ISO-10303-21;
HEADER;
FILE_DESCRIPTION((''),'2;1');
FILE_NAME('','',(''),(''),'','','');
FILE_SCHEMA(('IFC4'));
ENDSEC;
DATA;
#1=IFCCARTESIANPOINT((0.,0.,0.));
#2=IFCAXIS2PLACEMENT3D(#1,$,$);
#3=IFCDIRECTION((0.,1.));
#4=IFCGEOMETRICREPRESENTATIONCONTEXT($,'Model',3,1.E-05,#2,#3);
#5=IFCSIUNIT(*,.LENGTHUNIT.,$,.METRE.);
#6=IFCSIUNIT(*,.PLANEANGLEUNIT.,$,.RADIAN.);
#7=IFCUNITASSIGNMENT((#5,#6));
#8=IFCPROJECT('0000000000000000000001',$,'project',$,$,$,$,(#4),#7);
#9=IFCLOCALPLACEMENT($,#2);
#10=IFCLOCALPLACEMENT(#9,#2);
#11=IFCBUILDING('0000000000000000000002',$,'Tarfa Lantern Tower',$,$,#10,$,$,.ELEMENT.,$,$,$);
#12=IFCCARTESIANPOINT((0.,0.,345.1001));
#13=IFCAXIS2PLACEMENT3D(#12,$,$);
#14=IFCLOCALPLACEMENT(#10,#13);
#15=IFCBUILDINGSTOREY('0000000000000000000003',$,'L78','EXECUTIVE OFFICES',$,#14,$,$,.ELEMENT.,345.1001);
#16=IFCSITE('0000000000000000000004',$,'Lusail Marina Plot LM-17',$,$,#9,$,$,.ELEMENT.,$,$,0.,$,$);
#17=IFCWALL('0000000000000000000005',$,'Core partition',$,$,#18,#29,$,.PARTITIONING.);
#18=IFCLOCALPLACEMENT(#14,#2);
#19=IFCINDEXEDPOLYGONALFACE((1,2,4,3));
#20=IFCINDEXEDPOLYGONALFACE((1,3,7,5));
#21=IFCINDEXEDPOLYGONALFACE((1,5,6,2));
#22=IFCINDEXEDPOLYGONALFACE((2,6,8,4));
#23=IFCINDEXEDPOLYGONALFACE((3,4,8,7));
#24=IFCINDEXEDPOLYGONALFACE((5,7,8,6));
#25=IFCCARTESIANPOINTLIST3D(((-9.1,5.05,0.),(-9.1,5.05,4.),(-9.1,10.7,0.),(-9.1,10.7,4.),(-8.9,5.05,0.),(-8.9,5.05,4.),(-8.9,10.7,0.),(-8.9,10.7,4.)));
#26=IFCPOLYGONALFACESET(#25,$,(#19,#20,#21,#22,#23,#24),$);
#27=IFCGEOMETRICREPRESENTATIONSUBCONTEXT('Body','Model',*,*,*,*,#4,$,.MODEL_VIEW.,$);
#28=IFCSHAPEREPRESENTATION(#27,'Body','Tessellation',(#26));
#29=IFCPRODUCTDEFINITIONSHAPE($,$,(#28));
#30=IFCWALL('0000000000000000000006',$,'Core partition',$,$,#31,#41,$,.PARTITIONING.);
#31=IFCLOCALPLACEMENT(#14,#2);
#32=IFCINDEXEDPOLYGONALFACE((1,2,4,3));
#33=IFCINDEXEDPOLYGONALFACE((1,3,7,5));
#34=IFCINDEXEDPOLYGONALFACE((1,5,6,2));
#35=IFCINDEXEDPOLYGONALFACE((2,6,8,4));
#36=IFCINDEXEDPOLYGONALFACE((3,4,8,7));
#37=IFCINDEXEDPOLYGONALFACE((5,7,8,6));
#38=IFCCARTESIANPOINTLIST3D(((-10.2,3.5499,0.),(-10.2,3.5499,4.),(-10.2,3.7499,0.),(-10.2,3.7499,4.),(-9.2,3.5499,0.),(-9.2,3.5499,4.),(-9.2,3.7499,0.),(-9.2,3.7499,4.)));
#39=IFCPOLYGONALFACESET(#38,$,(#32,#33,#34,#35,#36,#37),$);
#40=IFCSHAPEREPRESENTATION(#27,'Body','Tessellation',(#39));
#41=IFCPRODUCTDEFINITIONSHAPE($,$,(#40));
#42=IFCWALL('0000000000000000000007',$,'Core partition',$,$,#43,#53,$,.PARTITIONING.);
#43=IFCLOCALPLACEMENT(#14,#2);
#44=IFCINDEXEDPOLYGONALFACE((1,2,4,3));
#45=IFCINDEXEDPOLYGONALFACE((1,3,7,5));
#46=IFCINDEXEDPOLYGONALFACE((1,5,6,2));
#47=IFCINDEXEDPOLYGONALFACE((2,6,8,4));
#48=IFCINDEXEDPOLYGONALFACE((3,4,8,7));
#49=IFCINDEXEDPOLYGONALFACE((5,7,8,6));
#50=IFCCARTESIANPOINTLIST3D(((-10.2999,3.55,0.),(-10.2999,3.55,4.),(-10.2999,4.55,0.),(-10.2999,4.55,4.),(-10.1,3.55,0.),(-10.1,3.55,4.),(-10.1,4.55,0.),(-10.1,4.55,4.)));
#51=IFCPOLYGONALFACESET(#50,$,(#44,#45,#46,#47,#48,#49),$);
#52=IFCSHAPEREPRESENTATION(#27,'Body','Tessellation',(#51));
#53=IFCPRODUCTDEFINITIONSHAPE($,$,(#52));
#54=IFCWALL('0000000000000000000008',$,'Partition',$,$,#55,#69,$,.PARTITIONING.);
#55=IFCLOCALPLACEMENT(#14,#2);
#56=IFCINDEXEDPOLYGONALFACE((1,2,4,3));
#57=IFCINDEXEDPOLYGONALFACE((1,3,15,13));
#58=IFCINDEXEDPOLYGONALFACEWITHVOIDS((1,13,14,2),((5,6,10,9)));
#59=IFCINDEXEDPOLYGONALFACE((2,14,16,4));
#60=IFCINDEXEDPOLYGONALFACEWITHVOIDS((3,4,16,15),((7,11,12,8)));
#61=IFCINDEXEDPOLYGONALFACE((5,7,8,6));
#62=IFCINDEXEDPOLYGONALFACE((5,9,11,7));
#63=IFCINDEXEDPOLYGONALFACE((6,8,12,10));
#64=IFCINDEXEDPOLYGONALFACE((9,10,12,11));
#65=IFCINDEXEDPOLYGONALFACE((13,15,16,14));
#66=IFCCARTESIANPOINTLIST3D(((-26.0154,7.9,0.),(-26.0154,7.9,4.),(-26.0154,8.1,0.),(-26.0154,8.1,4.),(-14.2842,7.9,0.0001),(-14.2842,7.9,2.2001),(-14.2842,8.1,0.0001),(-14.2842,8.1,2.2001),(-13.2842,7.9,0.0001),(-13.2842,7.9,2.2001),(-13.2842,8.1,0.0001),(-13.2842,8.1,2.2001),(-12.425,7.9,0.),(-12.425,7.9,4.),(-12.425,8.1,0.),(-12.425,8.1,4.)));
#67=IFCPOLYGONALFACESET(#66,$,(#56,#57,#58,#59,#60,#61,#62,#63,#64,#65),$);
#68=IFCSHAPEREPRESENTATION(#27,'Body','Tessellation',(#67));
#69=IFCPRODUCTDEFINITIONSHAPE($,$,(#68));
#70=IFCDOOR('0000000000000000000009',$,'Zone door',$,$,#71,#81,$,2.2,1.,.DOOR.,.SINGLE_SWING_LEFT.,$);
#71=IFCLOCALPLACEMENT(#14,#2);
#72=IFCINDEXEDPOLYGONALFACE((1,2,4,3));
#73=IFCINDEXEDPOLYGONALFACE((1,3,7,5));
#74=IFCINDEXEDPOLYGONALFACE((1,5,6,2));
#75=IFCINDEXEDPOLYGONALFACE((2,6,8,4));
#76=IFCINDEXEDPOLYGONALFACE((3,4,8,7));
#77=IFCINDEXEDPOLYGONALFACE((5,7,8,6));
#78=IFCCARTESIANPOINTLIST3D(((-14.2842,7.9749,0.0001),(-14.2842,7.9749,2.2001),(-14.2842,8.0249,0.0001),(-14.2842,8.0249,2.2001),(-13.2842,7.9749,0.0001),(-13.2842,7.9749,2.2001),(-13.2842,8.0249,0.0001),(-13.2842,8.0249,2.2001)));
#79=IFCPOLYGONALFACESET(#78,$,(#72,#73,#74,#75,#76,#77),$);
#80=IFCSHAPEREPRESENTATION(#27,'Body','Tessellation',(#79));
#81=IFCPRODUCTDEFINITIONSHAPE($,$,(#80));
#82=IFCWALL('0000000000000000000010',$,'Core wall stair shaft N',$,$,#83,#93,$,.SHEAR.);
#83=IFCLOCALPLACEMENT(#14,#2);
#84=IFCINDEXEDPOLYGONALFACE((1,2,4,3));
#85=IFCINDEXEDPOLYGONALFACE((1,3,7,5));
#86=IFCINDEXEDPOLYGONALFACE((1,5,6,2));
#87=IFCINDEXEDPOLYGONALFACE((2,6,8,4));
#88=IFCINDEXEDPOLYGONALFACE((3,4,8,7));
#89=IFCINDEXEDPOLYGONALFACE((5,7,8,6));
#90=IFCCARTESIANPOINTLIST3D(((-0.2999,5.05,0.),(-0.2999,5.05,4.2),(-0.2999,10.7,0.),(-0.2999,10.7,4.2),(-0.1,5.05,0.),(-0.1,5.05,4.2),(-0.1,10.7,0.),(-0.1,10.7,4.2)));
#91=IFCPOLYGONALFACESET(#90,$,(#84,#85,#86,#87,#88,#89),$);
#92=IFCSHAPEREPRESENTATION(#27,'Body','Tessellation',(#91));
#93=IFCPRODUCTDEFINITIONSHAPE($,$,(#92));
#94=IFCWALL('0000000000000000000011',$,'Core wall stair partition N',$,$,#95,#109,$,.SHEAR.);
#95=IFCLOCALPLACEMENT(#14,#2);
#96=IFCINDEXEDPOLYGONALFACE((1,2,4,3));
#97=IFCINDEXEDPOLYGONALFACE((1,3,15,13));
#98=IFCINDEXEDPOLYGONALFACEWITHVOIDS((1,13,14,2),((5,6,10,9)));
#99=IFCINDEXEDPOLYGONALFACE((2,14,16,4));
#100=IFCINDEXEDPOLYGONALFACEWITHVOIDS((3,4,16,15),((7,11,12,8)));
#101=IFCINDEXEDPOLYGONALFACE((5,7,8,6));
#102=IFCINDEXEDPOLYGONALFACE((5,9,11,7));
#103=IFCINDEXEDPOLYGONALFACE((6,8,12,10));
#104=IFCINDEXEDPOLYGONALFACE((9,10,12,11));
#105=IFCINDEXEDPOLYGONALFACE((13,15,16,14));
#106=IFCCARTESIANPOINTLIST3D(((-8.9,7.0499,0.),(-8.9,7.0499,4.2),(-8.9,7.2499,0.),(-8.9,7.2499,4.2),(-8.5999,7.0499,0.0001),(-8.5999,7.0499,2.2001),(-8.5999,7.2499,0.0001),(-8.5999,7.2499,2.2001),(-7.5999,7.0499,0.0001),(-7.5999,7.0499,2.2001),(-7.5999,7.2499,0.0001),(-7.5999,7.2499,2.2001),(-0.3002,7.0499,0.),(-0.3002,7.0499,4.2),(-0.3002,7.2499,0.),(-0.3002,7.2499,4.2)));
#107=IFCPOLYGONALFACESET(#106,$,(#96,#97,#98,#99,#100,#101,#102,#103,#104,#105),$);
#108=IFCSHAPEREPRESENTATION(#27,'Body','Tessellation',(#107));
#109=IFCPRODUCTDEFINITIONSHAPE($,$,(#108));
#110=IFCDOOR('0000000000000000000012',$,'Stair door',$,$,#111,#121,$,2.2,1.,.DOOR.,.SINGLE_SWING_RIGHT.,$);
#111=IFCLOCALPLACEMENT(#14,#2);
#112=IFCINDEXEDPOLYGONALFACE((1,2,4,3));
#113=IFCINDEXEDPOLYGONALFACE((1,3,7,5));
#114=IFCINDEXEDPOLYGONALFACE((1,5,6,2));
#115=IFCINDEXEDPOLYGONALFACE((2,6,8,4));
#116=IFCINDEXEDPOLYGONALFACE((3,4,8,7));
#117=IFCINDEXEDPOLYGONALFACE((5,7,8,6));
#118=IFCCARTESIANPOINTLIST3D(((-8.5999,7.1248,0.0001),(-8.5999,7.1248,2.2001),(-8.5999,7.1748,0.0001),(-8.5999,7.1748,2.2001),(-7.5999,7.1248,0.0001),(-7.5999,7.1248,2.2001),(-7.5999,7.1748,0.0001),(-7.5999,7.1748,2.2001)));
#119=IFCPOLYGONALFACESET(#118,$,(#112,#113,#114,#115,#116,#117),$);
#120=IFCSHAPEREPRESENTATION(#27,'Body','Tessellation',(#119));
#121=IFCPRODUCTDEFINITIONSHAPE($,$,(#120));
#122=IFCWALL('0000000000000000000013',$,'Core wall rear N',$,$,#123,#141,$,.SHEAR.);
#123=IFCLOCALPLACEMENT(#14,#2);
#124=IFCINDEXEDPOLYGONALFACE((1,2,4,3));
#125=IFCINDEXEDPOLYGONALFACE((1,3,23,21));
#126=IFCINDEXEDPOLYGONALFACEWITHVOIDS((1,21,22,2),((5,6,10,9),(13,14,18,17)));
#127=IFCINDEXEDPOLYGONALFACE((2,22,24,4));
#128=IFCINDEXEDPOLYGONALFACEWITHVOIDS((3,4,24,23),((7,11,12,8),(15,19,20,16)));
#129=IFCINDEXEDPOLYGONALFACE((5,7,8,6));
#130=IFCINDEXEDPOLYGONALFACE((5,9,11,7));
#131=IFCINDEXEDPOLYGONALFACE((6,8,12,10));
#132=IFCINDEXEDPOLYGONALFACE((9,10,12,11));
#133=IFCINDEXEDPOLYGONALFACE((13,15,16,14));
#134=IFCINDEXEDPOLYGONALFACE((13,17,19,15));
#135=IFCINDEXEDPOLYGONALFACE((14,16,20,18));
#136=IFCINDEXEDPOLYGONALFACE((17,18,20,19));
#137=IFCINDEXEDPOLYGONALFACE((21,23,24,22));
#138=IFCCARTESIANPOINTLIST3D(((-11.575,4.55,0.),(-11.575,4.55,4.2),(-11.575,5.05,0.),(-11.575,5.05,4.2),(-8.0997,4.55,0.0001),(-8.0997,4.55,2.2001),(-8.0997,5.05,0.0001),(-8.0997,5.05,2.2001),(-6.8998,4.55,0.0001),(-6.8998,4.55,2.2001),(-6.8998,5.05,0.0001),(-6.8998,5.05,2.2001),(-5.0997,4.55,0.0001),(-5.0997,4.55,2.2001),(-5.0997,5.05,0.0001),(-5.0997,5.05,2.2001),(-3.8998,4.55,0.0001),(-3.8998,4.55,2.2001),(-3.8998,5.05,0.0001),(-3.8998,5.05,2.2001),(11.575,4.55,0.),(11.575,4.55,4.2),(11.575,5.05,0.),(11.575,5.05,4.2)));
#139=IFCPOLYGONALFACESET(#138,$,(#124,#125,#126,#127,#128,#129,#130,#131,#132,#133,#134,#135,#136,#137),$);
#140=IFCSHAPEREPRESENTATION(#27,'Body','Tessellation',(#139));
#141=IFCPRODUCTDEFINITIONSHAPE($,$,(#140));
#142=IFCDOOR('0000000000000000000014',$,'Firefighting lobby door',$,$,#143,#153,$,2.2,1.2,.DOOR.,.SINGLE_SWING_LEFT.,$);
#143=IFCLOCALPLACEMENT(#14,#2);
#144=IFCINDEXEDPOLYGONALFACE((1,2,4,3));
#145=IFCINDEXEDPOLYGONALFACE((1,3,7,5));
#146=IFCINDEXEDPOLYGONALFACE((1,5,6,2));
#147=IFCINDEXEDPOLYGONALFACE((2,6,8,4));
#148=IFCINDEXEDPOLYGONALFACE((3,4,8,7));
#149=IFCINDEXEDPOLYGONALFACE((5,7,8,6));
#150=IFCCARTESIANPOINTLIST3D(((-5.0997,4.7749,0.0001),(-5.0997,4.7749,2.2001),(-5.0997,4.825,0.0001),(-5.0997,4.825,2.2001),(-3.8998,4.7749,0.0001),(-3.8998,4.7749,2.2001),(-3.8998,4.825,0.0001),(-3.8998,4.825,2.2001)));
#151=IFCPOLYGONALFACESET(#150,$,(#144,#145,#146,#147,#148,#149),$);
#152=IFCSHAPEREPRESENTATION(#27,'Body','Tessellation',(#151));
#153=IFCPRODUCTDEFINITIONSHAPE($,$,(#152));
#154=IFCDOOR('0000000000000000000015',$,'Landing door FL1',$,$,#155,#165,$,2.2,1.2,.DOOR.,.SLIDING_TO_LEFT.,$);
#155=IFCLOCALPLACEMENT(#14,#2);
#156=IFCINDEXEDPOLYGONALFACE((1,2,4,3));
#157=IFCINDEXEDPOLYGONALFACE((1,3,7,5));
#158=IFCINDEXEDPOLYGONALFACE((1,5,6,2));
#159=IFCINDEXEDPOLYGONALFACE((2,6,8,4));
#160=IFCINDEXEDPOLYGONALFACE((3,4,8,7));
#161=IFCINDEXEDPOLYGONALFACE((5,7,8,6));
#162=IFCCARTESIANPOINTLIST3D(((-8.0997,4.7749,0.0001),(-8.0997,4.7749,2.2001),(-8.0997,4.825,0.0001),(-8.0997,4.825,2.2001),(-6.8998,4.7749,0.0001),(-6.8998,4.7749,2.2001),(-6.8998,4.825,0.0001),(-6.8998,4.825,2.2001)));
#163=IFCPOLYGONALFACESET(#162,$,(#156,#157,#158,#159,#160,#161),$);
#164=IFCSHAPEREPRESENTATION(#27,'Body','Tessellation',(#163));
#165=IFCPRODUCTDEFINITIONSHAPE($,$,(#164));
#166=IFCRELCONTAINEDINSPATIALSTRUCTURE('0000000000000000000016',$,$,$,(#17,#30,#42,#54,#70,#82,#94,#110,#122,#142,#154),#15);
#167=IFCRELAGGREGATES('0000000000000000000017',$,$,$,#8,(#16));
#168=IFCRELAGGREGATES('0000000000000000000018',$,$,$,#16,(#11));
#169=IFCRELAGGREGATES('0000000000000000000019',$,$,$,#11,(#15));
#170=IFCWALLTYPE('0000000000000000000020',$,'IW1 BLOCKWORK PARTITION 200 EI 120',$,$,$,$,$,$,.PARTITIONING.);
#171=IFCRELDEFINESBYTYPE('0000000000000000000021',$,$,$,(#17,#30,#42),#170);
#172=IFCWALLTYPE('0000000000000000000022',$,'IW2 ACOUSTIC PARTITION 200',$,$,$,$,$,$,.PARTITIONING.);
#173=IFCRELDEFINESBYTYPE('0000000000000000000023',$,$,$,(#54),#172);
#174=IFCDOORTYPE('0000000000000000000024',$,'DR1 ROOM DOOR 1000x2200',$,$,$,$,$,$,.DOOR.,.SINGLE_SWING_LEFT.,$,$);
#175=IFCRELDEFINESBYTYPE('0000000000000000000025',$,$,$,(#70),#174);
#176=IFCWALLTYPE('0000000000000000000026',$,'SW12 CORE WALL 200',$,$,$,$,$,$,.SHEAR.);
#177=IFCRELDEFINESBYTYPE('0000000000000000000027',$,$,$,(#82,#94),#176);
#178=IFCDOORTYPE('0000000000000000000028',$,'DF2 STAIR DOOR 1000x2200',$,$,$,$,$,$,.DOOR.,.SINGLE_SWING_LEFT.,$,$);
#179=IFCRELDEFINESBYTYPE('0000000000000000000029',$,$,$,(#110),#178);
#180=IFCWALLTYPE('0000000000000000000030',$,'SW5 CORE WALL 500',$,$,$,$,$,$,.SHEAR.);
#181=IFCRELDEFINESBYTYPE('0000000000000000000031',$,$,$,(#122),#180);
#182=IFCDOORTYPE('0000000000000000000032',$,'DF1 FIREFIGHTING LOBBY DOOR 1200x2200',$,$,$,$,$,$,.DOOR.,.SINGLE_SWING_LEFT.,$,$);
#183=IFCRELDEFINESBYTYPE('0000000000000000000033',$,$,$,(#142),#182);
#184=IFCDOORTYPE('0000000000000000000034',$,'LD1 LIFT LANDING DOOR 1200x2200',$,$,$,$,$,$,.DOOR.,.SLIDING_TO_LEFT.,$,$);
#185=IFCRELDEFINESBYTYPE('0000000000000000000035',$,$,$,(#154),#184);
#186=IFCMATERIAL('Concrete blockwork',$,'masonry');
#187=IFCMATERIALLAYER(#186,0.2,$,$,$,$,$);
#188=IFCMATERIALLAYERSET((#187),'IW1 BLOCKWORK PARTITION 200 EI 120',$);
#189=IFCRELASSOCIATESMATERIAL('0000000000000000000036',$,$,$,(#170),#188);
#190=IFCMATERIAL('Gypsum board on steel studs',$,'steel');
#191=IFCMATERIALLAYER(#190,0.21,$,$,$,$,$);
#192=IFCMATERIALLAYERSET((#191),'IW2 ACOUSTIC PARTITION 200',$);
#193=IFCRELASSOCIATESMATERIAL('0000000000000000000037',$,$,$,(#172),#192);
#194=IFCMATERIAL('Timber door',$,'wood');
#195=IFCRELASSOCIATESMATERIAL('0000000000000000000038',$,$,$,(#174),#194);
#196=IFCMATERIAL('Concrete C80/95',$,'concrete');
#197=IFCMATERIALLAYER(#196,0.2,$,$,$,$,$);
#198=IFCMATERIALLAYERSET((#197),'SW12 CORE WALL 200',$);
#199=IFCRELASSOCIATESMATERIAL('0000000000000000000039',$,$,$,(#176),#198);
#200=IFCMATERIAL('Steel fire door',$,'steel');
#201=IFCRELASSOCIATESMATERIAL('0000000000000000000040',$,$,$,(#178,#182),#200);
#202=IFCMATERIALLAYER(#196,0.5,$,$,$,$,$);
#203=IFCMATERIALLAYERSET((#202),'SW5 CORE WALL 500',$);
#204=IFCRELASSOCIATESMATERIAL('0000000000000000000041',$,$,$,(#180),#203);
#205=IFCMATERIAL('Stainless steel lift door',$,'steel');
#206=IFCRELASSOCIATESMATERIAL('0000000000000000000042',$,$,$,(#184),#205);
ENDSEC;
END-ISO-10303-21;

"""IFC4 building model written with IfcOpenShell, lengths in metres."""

from ifc_helpers import new_model, si_unit, direction, frame, frame_2d, origin, place, context, subcontext, project, spatial, rectangle, extrude, material, layer, layer_set, type_object, element, fill, save


model = new_model("IFC4")

# Units and contexts
model_context = context("Model", 3, precision=1e-05, world=origin(), true_north=direction((0.0, 1.0)))
body_context = subcontext(model_context, "Body", "Model", "MODEL_VIEW")
ifc_project = project(units=[si_unit("LENGTHUNIT", "METRE"), si_unit("PLANEANGLEUNIT", "RADIAN")], contexts=[model_context])

# Site, building, storey
site_placement = place(None, origin())
site = spatial("IfcSite", under=ifc_project, at=site_placement, Name="Lusail Marina Plot LM-17", CompositionType="ELEMENT", RefElevation=0.0)
building_placement = place(site_placement, origin())
building = spatial("IfcBuilding", under=site, at=building_placement, Name="Tarfa Lantern Tower", CompositionType="ELEMENT")
storey_placement = place(building_placement, frame((0.0, 0.0, 345.1001)))
storey = spatial("IfcBuildingStorey", under=building, at=storey_placement, Name="L78", Description="EXECUTIVE OFFICES", CompositionType="ELEMENT", Elevation=345.1001)

# Walls
ifc_material_1 = material(Name="Concrete blockwork", Category="masonry")
ifc_layer_1 = layer(ifc_material_1, 0.2)
ifc_layer_set_1 = layer_set([ifc_layer_1], Name="IW1 BLOCKWORK PARTITION 200 EI 120")
wall_type_1 = type_object("IfcWallType", Name="IW1 BLOCKWORK PARTITION 200 EI 120", PredefinedType="PARTITIONING", material=ifc_layer_set_1)
wall_1_placement = place(storey_placement, frame((-9.0, 5.05, 0.0), z_axis=(0.0, 0.0, 1.0), x_axis=(0.0, 1.0, 0.0)))
element("IfcWall", 1, at=wall_1_placement, inside=storey, type_object=wall_type_1, Name="Core partition", PredefinedType="PARTITIONING", context=body_context, shape_type="SweptSolid", body=[
    extrude(rectangle(XDim=5.6499, YDim=0.2, at=frame_2d((2.825, 0.0))), origin(), (0.0, 0.0, 1.0), 4.0),
])
for number, where, z_axis, x_axis, name in (
    (2, (-10.2, 3.6499, 0.0), (0.0, 0.0, 1.0), (1.0, 0.0, 0.0), "Core partition"),
    (3, (-10.2, 3.55, 0.0), (0.0, 0.0, 1.0), (0.0, 1.0, 0.0), "Core partition"),
):
    element("IfcWall", number, at=place(storey_placement, frame(where, z_axis=z_axis, x_axis=x_axis)), inside=storey, type_object=wall_type_1, Name=name, PredefinedType="PARTITIONING", context=body_context, shape_type="SweptSolid", body=[
        extrude(rectangle(XDim=1.0, YDim=0.2, at=frame_2d((0.5, 0.0))), origin(), (0.0, 0.0, 1.0), 4.0),
    ])

# Wall, opening, door
ifc_material_2 = material(Name="Gypsum board on steel studs", Category="steel")
ifc_layer_2 = layer(ifc_material_2, 0.21)
ifc_layer_set_2 = layer_set([ifc_layer_2], Name="IW2 ACOUSTIC PARTITION 200")
wall_type_2 = type_object("IfcWallType", Name="IW2 ACOUSTIC PARTITION 200", PredefinedType="PARTITIONING", material=ifc_layer_set_2)
wall_2_placement = place(storey_placement, frame((-12.425, 8.0, 0.0), z_axis=(0.0, 0.0, 1.0), x_axis=(-1.0, 0.0, 0.0)))
wall_2 = element("IfcWall", 4, at=wall_2_placement, inside=storey, type_object=wall_type_2, Name="Partition", PredefinedType="PARTITIONING", context=body_context, shape_type="SweptSolid", body=[
    extrude(rectangle(XDim=13.5903, YDim=0.2, at=frame_2d((6.7952, 0.0))), origin(), (0.0, 0.0, 1.0), 4.0),
])
opening_1_placement = place(wall_2_placement, frame((0.8591, 0.0, 0.0)))
opening_1 = element("IfcOpeningElement", 5, at=opening_1_placement, cuts=wall_2, PredefinedType="OPENING", context=body_context, shape_type="SweptSolid", body=[
    extrude(rectangle(XDim=1.0, YDim=2.2, at=frame_2d((0.5, 1.1001))), frame((0.0, 0.1099, 0.0), z_axis=(0.0, -1.0, 0.0), x_axis=(1.0, 0.0, 0.0)), (0.0, 0.0, 1.0), 0.22),
])
ifc_material_3 = material(Name="Timber door", Category="wood")
door_type_1 = type_object("IfcDoorType", Name="DR1 ROOM DOOR 1000x2200", OperationType="SINGLE_SWING_LEFT", PredefinedType="DOOR", material=ifc_material_3)
door_1_placement = place(opening_1_placement, frame((1.0, 0.0, 0.0), z_axis=(0.0, 0.0, 1.0), x_axis=(-1.0, 0.0, 0.0)))
door_1 = element("IfcDoor", 6, at=door_1_placement, inside=storey, type_object=door_type_1, Name="Zone door", OperationType="SINGLE_SWING_LEFT", OverallHeight=2.2, OverallWidth=1.0, PredefinedType="DOOR", context=body_context, shape_type="SweptSolid", body=[
    extrude(rectangle(XDim=1.0, YDim=2.2, at=frame_2d((0.5, 1.1001))), frame((0.0, 0.0249, 0.0), z_axis=(0.0, -1.0, 0.0), x_axis=(1.0, 0.0, 0.0)), (0.0, 0.0, 1.0), 0.05),
])
fill(opening_1, door_1)

# Wall
ifc_material_4 = material(Name="Concrete C80/95", Category="concrete")
ifc_layer_3 = layer(ifc_material_4, 0.2)
ifc_layer_set_3 = layer_set([ifc_layer_3], Name="SW12 CORE WALL 200")
wall_type_3 = type_object("IfcWallType", Name="SW12 CORE WALL 200", PredefinedType="SHEAR", material=ifc_layer_set_3)
wall_3_placement = place(storey_placement, frame((-0.2, 5.05, 0.0), z_axis=(0.0, 0.0, 1.0), x_axis=(0.0, 1.0, 0.0)))
element("IfcWall", 7, at=wall_3_placement, inside=storey, type_object=wall_type_3, Name="Core wall stair shaft N", PredefinedType="SHEAR", context=body_context, shape_type="SweptSolid", body=[
    extrude(rectangle(XDim=5.6499, YDim=0.2, at=frame_2d((2.825, 0.0))), origin(), (0.0, 0.0, 1.0), 4.2),
])

# Wall, opening, door
wall_4_placement = place(storey_placement, frame((-8.8999, 7.1499, 0.0), z_axis=(0.0, 0.0, 1.0), x_axis=(1.0, 0.0, 0.0)))
wall_4 = element("IfcWall", 8, at=wall_4_placement, inside=storey, type_object=wall_type_3, Name="Core wall stair partition N", PredefinedType="SHEAR", context=body_context, shape_type="SweptSolid", body=[
    extrude(rectangle(XDim=8.5999, YDim=0.2, at=frame_2d((4.2998, 0.0))), origin(), (0.0, 0.0, 1.0), 4.2),
])
opening_2_placement = place(wall_4_placement, frame((0.3, 0.0, 0.0)))
opening_2 = element("IfcOpeningElement", 9, at=opening_2_placement, cuts=wall_4, PredefinedType="OPENING", context=body_context, shape_type="SweptSolid", body=[
    extrude(rectangle(XDim=1.0, YDim=2.2, at=frame_2d((0.5, 1.1001))), frame((0.0, 0.1099, 0.0), z_axis=(0.0, -1.0, 0.0), x_axis=(1.0, 0.0, 0.0)), (0.0, 0.0, 1.0), 0.22),
])
ifc_material_5 = material(Name="Steel fire door", Category="steel")
door_type_2 = type_object("IfcDoorType", Name="DF2 STAIR DOOR 1000x2200", OperationType="SINGLE_SWING_LEFT", PredefinedType="DOOR", material=ifc_material_5)
door_2_placement = place(opening_2_placement, origin())
door_2 = element("IfcDoor", 10, at=door_2_placement, inside=storey, type_object=door_type_2, Name="Stair door", OperationType="SINGLE_SWING_RIGHT", OverallHeight=2.2, OverallWidth=1.0, PredefinedType="DOOR", context=body_context, shape_type="SweptSolid", body=[
    extrude(rectangle(XDim=1.0, YDim=2.2, at=frame_2d((0.5, 1.1001))), frame((0.0, 0.0249, 0.0), z_axis=(0.0, -1.0, 0.0), x_axis=(1.0, 0.0, 0.0)), (0.0, 0.0, 1.0), 0.05),
])
fill(opening_2, door_2)

# Wall, openings, doors
ifc_layer_4 = layer(ifc_material_4, 0.5)
ifc_layer_set_4 = layer_set([ifc_layer_4], Name="SW5 CORE WALL 500")
wall_type_4 = type_object("IfcWallType", Name="SW5 CORE WALL 500", PredefinedType="SHEAR", material=ifc_layer_set_4)
wall_5_placement = place(storey_placement, frame((-11.575, 4.8, 0.0), z_axis=(0.0, 0.0, 1.0), x_axis=(1.0, 0.0, 0.0)))
wall_5 = element("IfcWall", 11, at=wall_5_placement, inside=storey, type_object=wall_type_4, Name="Core wall rear N", PredefinedType="SHEAR", context=body_context, shape_type="SweptSolid", body=[
    extrude(rectangle(XDim=23.1499, YDim=0.5, at=frame_2d((11.575, 0.0))), origin(), (0.0, 0.0, 1.0), 4.2),
])
opening_3_placement = place(wall_5_placement, frame((6.4751, 0.0, 0.0)))
opening_3 = element("IfcOpeningElement", 12, at=opening_3_placement, cuts=wall_5, PredefinedType="OPENING", context=body_context, shape_type="SweptSolid", body=[
    extrude(rectangle(XDim=1.2, YDim=2.2, at=frame_2d((0.6001, 1.1001))), frame((0.0, 0.26, 0.0), z_axis=(0.0, -1.0, 0.0), x_axis=(1.0, 0.0, 0.0)), (0.0, 0.0, 1.0), 0.52),
])
opening_4_placement = place(wall_5_placement, frame((3.4751, 0.0, 0.0)))
opening_4 = element("IfcOpeningElement", 13, at=opening_4_placement, cuts=wall_5, PredefinedType="OPENING", context=body_context, shape_type="SweptSolid", body=[
    extrude(rectangle(XDim=1.2, YDim=2.2, at=frame_2d((0.6001, 1.1001))), frame((0.0, 0.26, 0.0), z_axis=(0.0, -1.0, 0.0), x_axis=(1.0, 0.0, 0.0)), (0.0, 0.0, 1.0), 0.52),
])
door_type_3 = type_object("IfcDoorType", Name="DF1 FIREFIGHTING LOBBY DOOR 1200x2200", OperationType="SINGLE_SWING_LEFT", PredefinedType="DOOR", material=ifc_material_5)
door_3_placement = place(opening_3_placement, origin())
door_3 = element("IfcDoor", 14, at=door_3_placement, inside=storey, type_object=door_type_3, Name="Firefighting lobby door", OperationType="SINGLE_SWING_LEFT", OverallHeight=2.2, OverallWidth=1.2, PredefinedType="DOOR", context=body_context, shape_type="SweptSolid", body=[
    extrude(rectangle(XDim=1.2, YDim=2.2, at=frame_2d((0.6001, 1.1001))), frame((0.0, 0.0249, 0.0), z_axis=(0.0, -1.0, 0.0), x_axis=(1.0, 0.0, 0.0)), (0.0, 0.0, 1.0), 0.05),
])
fill(opening_3, door_3)
ifc_material_6 = material(Name="Stainless steel lift door", Category="steel")
door_type_4 = type_object("IfcDoorType", Name="LD1 LIFT LANDING DOOR 1200x2200", OperationType="SLIDING_TO_LEFT", PredefinedType="DOOR", material=ifc_material_6)
door_4_placement = place(opening_4_placement, origin())
door_4 = element("IfcDoor", 15, at=door_4_placement, inside=storey, type_object=door_type_4, Name="Landing door FL1", OperationType="SLIDING_TO_LEFT", OverallHeight=2.2, OverallWidth=1.2, PredefinedType="DOOR", context=body_context, shape_type="SweptSolid", body=[
    extrude(rectangle(XDim=1.2, YDim=2.2, at=frame_2d((0.6001, 1.1001))), frame((0.0, 0.0249, 0.0), z_axis=(0.0, -1.0, 0.0), x_axis=(1.0, 0.0, 0.0)), (0.0, 0.0, 1.0), 0.05),
])
fill(opening_4, door_4)

save(model, "model.ifc")
